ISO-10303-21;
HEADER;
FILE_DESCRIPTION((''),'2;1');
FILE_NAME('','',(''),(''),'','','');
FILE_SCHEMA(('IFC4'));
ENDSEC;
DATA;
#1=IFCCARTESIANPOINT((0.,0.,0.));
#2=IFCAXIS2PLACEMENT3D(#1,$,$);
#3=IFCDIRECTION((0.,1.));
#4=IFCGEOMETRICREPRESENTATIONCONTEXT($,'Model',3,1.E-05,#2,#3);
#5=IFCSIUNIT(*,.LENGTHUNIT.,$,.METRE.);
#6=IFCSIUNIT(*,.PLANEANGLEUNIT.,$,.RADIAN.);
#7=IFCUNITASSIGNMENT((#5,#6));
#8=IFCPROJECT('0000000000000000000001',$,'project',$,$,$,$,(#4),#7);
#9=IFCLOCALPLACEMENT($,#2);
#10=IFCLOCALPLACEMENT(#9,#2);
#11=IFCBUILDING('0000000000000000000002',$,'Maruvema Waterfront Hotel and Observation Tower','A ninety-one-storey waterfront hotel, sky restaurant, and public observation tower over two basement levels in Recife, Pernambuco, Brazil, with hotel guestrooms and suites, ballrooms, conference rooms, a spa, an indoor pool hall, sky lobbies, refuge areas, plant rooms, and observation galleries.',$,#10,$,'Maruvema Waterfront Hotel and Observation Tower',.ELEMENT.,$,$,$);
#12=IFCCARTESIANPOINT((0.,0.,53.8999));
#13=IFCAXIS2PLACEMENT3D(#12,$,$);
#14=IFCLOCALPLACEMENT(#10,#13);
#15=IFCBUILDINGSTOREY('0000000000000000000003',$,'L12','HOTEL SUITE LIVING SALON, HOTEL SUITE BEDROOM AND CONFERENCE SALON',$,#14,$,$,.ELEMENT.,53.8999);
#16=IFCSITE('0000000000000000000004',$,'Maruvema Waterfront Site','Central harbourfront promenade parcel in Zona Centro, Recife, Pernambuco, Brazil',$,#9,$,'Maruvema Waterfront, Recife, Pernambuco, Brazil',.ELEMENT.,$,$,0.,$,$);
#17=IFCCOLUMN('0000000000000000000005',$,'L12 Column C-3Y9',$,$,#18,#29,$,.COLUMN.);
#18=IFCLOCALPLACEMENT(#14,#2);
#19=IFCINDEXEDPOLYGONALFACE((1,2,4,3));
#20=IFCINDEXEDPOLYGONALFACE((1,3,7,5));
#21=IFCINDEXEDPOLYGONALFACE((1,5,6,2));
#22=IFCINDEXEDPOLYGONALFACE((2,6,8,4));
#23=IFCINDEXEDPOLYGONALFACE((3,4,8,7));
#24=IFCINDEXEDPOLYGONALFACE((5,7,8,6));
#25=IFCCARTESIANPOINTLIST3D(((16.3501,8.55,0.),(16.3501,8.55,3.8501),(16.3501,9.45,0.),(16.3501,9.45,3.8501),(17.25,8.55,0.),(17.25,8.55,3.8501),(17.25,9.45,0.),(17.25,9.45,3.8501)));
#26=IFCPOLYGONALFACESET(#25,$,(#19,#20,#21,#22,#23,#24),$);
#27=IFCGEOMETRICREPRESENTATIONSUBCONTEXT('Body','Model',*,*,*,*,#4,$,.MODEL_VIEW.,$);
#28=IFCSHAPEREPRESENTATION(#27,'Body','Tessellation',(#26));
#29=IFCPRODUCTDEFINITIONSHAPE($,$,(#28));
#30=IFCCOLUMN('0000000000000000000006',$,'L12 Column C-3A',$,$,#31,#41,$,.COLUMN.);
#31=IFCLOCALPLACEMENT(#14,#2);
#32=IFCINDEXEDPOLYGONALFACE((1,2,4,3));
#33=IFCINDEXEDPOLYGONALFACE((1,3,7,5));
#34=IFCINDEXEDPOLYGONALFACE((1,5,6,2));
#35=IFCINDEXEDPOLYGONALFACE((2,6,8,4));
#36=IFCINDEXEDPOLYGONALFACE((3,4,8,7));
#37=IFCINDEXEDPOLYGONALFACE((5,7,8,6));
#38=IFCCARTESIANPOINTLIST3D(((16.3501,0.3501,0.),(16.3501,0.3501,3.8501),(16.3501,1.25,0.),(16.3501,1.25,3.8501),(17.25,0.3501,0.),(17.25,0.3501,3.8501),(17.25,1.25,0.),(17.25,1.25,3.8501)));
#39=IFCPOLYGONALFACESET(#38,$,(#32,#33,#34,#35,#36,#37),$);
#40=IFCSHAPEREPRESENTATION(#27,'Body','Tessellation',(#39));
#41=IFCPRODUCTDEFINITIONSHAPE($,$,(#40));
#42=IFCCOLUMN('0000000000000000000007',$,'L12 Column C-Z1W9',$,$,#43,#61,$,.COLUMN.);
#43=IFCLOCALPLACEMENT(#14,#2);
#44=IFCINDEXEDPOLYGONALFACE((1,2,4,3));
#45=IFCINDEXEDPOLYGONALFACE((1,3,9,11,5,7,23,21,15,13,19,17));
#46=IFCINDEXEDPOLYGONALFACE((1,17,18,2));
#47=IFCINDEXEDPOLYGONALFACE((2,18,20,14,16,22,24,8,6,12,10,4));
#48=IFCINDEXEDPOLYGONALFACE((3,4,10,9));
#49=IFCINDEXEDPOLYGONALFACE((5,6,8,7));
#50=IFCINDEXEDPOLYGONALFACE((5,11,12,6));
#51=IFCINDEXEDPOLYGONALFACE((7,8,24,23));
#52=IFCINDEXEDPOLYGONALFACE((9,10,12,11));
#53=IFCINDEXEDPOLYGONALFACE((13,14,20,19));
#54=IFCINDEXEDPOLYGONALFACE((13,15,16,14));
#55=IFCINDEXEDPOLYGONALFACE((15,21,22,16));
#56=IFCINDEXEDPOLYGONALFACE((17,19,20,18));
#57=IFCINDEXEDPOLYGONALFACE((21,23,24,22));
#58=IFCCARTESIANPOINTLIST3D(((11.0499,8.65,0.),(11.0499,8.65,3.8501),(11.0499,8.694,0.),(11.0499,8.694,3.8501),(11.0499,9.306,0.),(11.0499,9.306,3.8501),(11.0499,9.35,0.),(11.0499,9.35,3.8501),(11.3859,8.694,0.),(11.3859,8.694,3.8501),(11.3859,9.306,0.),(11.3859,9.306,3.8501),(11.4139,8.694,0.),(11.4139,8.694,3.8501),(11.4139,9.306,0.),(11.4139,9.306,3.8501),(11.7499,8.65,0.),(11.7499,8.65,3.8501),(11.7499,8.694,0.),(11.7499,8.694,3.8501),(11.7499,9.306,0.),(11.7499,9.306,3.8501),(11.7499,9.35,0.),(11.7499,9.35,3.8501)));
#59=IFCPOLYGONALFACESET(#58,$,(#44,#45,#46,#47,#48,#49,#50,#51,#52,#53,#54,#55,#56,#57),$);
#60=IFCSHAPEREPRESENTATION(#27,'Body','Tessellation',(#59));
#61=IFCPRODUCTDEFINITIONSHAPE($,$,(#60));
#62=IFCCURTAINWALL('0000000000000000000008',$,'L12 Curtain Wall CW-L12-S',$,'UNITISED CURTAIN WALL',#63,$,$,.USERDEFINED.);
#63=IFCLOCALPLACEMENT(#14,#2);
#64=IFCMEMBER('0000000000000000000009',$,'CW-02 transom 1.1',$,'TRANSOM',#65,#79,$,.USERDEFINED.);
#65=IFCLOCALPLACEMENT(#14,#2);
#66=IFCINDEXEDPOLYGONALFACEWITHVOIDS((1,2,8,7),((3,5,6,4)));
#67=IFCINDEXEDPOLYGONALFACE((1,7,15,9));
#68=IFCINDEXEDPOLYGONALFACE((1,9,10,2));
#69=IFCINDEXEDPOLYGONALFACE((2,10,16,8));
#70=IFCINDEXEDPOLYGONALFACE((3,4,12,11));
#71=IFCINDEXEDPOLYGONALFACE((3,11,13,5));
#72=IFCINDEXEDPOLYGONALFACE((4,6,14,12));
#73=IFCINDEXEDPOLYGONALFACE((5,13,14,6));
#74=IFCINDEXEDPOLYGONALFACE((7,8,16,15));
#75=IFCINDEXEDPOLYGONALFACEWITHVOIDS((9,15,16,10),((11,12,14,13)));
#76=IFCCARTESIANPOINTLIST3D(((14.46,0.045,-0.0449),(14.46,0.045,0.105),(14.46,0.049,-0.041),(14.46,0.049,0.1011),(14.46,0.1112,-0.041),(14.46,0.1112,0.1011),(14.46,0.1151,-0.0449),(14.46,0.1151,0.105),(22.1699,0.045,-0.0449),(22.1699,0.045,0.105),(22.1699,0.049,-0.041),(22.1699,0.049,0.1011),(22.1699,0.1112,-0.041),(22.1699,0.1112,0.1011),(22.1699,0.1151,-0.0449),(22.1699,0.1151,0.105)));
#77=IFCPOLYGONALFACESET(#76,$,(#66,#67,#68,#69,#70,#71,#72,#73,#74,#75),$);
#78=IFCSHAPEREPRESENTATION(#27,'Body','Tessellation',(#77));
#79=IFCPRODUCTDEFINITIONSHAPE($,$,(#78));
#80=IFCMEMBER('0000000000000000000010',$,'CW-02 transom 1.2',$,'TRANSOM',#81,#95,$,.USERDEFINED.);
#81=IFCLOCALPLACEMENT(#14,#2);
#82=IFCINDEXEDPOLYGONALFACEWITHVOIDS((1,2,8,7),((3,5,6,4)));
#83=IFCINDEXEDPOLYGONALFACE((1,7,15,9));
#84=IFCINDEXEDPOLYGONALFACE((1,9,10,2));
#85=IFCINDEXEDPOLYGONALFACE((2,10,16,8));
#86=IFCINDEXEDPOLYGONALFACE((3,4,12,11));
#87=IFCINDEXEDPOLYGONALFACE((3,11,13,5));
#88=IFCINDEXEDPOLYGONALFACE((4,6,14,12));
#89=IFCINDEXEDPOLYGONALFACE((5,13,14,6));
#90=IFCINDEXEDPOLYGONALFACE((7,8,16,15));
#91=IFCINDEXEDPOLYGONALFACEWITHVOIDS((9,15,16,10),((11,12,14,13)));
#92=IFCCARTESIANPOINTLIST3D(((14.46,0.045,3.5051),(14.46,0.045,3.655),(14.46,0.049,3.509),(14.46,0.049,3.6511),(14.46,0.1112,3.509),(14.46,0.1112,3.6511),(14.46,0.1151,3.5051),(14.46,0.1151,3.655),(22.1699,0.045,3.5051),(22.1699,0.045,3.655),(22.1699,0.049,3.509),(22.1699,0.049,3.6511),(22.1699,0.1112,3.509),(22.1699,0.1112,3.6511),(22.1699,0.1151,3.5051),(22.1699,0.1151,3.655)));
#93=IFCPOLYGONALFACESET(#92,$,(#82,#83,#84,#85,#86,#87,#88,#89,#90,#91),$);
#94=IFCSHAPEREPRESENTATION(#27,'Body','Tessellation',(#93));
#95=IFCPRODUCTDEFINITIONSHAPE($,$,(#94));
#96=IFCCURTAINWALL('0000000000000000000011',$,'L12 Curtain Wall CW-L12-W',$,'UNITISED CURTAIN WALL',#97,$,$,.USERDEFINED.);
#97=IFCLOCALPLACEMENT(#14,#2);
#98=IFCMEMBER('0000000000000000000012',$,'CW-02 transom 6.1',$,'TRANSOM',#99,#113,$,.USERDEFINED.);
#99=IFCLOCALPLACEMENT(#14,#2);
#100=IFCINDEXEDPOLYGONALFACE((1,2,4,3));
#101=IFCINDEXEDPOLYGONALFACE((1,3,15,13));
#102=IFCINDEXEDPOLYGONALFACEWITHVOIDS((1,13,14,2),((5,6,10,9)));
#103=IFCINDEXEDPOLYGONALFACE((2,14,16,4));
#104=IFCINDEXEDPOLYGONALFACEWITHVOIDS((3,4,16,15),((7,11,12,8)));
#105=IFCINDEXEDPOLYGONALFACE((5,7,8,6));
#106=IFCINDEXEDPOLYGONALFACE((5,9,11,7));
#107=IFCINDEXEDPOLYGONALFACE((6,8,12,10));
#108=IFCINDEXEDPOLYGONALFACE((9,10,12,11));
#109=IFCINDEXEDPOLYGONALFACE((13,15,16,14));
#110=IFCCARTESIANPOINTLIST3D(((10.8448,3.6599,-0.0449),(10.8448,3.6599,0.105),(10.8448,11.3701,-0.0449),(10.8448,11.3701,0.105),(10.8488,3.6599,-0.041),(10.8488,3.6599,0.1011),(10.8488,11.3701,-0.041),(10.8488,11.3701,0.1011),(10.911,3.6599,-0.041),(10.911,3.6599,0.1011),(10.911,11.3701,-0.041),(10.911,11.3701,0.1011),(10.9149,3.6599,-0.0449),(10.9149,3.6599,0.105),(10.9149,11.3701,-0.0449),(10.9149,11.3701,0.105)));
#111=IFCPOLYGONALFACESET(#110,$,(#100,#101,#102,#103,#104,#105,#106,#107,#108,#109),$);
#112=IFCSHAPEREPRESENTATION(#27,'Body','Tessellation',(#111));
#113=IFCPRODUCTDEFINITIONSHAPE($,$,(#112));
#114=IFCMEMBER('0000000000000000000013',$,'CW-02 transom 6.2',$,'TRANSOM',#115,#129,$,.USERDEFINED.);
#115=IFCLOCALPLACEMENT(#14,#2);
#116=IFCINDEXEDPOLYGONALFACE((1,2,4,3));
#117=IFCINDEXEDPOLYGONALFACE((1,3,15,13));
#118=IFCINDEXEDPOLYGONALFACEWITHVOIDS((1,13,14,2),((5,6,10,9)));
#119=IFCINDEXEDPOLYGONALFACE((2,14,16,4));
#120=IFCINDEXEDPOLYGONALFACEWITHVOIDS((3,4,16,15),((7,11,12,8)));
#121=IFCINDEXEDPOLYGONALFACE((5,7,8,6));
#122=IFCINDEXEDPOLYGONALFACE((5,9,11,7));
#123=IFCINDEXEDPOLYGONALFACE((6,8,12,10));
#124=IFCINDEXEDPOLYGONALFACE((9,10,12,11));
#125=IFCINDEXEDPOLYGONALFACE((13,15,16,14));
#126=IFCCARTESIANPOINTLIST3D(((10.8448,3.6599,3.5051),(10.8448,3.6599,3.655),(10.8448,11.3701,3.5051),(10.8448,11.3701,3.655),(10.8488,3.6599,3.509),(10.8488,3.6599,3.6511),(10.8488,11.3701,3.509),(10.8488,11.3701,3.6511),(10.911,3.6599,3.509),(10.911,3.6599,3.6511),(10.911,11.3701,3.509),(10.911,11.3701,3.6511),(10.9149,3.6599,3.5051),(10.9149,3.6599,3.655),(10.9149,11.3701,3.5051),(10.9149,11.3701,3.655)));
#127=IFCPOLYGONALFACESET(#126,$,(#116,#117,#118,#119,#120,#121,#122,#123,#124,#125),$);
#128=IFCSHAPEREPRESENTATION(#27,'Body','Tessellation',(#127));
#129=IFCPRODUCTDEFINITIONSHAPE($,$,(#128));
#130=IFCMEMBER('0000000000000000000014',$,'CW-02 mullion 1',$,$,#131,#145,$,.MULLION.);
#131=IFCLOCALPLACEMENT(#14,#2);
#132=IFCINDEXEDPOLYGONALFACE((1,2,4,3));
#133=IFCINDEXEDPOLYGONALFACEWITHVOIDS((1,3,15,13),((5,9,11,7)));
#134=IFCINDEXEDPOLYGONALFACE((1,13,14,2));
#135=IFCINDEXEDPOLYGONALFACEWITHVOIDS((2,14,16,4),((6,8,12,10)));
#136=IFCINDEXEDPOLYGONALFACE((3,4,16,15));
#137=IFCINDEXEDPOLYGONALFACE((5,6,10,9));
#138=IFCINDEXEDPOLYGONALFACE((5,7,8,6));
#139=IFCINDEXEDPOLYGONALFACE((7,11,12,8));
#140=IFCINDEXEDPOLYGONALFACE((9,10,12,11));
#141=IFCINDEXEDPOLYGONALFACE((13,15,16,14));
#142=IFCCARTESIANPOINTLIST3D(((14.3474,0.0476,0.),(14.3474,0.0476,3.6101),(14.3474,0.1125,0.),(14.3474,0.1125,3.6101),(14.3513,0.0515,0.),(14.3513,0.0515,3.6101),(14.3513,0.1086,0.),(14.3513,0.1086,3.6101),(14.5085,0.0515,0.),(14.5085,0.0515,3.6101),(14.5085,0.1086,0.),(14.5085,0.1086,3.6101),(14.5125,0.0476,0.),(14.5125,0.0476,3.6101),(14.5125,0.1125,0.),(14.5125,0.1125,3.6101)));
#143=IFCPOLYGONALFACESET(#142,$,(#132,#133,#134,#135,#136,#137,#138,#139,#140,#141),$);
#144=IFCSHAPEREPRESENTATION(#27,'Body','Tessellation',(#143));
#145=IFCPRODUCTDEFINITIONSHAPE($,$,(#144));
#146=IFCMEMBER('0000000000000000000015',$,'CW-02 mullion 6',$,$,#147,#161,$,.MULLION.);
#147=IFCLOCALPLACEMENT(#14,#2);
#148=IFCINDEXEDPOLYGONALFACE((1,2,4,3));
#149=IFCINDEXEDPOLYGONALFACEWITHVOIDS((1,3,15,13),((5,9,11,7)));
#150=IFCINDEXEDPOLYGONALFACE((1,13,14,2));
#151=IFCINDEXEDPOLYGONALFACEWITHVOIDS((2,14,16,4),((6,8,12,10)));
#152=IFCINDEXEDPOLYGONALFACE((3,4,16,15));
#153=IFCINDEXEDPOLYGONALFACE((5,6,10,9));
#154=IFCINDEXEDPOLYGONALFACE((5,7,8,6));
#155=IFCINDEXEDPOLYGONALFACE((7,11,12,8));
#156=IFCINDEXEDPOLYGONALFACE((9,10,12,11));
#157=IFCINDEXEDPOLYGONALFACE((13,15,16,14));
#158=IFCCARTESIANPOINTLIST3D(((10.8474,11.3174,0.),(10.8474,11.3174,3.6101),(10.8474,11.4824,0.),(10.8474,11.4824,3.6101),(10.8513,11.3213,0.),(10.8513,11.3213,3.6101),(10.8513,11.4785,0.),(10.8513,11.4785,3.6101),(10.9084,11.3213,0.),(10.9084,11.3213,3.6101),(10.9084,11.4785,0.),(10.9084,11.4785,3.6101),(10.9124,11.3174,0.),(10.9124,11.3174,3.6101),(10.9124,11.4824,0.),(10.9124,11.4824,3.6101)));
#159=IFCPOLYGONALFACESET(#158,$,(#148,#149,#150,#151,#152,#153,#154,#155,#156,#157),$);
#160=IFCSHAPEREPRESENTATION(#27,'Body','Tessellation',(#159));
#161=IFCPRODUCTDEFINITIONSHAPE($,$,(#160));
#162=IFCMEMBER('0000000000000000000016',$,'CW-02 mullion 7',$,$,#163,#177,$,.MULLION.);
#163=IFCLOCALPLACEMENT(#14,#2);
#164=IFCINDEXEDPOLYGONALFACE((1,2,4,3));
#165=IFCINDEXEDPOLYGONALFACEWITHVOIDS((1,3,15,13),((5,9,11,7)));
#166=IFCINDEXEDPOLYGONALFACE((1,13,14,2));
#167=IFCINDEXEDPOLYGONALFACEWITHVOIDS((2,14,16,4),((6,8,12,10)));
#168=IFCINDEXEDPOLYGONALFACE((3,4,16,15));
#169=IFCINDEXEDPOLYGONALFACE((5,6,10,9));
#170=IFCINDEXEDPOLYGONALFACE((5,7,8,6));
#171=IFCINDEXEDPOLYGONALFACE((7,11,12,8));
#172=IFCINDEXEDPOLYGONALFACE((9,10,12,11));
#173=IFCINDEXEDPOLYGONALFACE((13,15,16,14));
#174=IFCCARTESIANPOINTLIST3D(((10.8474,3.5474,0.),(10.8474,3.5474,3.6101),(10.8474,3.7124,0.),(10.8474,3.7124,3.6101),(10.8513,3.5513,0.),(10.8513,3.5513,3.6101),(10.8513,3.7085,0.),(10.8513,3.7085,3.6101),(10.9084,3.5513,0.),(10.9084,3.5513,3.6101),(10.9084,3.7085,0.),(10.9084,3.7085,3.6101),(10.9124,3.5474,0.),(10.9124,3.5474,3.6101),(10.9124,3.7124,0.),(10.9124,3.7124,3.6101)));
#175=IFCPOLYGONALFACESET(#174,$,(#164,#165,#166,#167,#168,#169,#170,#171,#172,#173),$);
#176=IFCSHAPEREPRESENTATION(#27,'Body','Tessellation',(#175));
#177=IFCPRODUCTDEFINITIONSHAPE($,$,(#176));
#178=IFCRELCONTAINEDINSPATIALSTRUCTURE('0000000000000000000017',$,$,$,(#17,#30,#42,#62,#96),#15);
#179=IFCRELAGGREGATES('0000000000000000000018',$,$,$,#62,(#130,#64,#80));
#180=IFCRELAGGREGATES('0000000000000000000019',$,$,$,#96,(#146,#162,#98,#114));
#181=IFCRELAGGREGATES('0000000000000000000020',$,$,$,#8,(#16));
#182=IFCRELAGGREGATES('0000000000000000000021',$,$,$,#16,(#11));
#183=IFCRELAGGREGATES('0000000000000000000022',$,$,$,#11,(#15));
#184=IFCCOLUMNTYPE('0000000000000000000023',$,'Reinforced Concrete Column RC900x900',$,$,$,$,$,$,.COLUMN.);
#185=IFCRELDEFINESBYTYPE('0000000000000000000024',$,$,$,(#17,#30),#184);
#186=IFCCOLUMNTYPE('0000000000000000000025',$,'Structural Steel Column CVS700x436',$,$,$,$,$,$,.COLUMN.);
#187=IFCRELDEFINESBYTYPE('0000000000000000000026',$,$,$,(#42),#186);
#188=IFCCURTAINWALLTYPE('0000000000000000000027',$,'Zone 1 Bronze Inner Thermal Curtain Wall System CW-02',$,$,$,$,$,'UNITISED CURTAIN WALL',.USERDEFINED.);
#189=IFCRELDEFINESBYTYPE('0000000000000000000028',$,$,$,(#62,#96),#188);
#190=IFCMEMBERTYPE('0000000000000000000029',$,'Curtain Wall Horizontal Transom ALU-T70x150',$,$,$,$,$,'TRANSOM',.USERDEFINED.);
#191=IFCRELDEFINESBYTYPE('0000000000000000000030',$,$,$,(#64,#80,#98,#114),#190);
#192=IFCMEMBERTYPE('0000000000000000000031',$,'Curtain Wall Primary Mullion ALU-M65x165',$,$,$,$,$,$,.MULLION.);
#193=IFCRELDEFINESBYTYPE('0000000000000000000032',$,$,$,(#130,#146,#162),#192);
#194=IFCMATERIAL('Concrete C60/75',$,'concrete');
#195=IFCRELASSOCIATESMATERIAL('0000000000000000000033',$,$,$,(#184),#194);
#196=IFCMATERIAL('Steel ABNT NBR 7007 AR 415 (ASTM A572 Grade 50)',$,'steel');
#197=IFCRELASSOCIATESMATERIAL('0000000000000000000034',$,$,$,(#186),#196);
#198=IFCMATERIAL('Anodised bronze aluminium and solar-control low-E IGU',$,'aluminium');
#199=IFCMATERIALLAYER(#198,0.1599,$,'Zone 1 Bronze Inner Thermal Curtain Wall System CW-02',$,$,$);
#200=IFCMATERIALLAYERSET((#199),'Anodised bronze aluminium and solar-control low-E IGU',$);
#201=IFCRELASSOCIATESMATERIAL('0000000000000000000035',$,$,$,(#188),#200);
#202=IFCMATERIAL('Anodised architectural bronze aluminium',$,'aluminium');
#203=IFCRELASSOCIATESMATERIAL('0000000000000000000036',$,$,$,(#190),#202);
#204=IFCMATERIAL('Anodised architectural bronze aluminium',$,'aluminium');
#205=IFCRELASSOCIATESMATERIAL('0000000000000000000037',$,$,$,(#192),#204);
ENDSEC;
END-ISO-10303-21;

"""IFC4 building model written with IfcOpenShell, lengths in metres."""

from ifc_helpers import new_model, si_unit, direction, frame, origin, origin_2d, place, context, subcontext, project, spatial, rectangle, hollow_rectangle, i_section, extrude, material, layer, layer_set, material_profile, profile_set, type_object, element, aggregate, save


model = new_model("IFC4")

# Units and contexts
model_context = context("Model", 3, precision=1e-05, world=origin(), true_north=direction((0.0, 1.0)))
body_context = subcontext(model_context, "Body", "Model", "MODEL_VIEW")
ifc_project = project(units=[si_unit("LENGTHUNIT", "METRE"), si_unit("PLANEANGLEUNIT", "RADIAN")], contexts=[model_context])

# Site, building, storey
site_placement = place(None, origin())
site = spatial("IfcSite", under=ifc_project, at=site_placement, Name="Maruvema Waterfront Site", Description="Central harbourfront promenade parcel in Zona Centro, Recife, Pernambuco, Brazil", LongName="Maruvema Waterfront, Recife, Pernambuco, Brazil", CompositionType="ELEMENT", RefElevation=0.0)
building_placement = place(site_placement, origin())
building = spatial("IfcBuilding", under=site, at=building_placement, Name="Maruvema Waterfront Hotel and Observation Tower", Description="A ninety-one-storey waterfront hotel, sky restaurant, and public observation tower over two basement levels in Recife, Pernambuco, Brazil, with hotel guestrooms and suites, ballrooms, conference rooms, a spa, an indoor pool hall, sky lobbies, refuge areas, plant rooms, and observation galleries.", LongName="Maruvema Waterfront Hotel and Observation Tower", CompositionType="ELEMENT")
storey_placement = place(building_placement, frame((0.0, 0.0, 53.8999)))
storey = spatial("IfcBuildingStorey", under=building, at=storey_placement, Name="L12", Description="HOTEL SUITE LIVING SALON, HOTEL SUITE BEDROOM AND CONFERENCE SALON", CompositionType="ELEMENT", Elevation=53.8999)

# Columns
ifc_material_1 = material(Name="Concrete C60/75", Category="concrete")
ifc_material_profile_1 = material_profile(ifc_material_1, rectangle(XDim=0.8999, YDim=0.8999, at=origin_2d()), Name="RC900x900")
ifc_profile_set_1 = profile_set([ifc_material_profile_1], Name="Concrete C60/75")
column_type_1 = type_object("IfcColumnType", Name="Reinforced Concrete Column RC900x900", PredefinedType="COLUMN", material=ifc_profile_set_1)
for number, where, z_axis, x_axis, name in (
    (1, (16.8, 9.0, 0.0), (0.0, 0.0, 1.0), (1.0, 0.0, 0.0), "L12 Column C-3Y9"),
    (2, (16.8, 0.8, 0.0), (0.0, 0.0, 1.0), (1.0, 0.0, 0.0), "L12 Column C-3A"),
):
    element("IfcColumn", number, at=place(storey_placement, frame(where, z_axis=z_axis, x_axis=x_axis)), inside=storey, type_object=column_type_1, Name=name, PredefinedType="COLUMN", context=body_context, shape_type="SweptSolid", body=[
        extrude(rectangle(XDim=0.8999, YDim=0.8999, at=origin_2d()), origin(), (0.0, 0.0, 1.0), 3.8501),
    ])
ifc_material_2 = material(Name="Steel ABNT NBR 7007 AR 415 (ASTM A572 Grade 50)", Category="steel")
ifc_material_profile_2 = material_profile(ifc_material_2, i_section(OverallWidth=0.7, OverallDepth=0.7, WebThickness=0.0281, FlangeThickness=0.0439, at=origin_2d()), Name="CVS700x436")
ifc_profile_set_2 = profile_set([ifc_material_profile_2], Name="Steel ABNT NBR 7007 AR 415 (ASTM A572 Grade 50)")
column_type_2 = type_object("IfcColumnType", Name="Structural Steel Column CVS700x436", PredefinedType="COLUMN", material=ifc_profile_set_2)
column_placement = place(storey_placement, frame((11.3999, 9.0, 0.0), z_axis=(0.0, 0.0, 1.0), x_axis=(1.0, 0.0, 0.0)))
element("IfcColumn", 3, at=column_placement, inside=storey, type_object=column_type_2, Name="L12 Column C-Z1W9", PredefinedType="COLUMN", context=body_context, shape_type="SweptSolid", body=[
    extrude(i_section(OverallWidth=0.7, OverallDepth=0.7, WebThickness=0.0281, FlangeThickness=0.0439, at=origin_2d()), origin(), (0.0, 0.0, 1.0), 3.8501),
])

# Curtain walls, members
ifc_material_3 = material(Name="Anodised bronze aluminium and solar-control low-E IGU", Category="aluminium")
ifc_layer_1 = layer(ifc_material_3, 0.1599, Name="Zone 1 Bronze Inner Thermal Curtain Wall System CW-02")
ifc_layer_set_1 = layer_set([ifc_layer_1], Name="Anodised bronze aluminium and solar-control low-E IGU")
curtain_wall_type = type_object("IfcCurtainWallType", Name="Zone 1 Bronze Inner Thermal Curtain Wall System CW-02", ElementType="UNITISED CURTAIN WALL", PredefinedType="USERDEFINED", material=ifc_layer_set_1)
curtain_wall_1_placement = place(storey_placement, origin())
curtain_wall_1 = element("IfcCurtainWall", 4, at=curtain_wall_1_placement, inside=storey, type_object=curtain_wall_type, Name="L12 Curtain Wall CW-L12-S", ObjectType="UNITISED CURTAIN WALL", PredefinedType="USERDEFINED")
ifc_material_4 = material(Name="Anodised architectural bronze aluminium", Category="aluminium")
ifc_material_profile_3 = material_profile(ifc_material_4, hollow_rectangle(XDim=0.0701, YDim=0.1499, WallThickness=0.0039, at=origin_2d()), Name="ALU-T70x150")
ifc_profile_set_3 = profile_set([ifc_material_profile_3], Name="Anodised architectural bronze aluminium")
member_type_1 = type_object("IfcMemberType", Name="Curtain Wall Horizontal Transom ALU-T70x150", ElementType="TRANSOM", PredefinedType="USERDEFINED", material=ifc_profile_set_3)
member_1_placement = place(storey_placement, frame((14.46, 0.0801, 0.03), z_axis=(1.0, 0.0, 0.0), x_axis=(0.0, 1.0, 0.0)))
member_1 = element("IfcMember", 5, at=member_1_placement, type_object=member_type_1, Name="CW-02 transom 1.1", ObjectType="TRANSOM", PredefinedType="USERDEFINED", context=body_context, shape_type="SweptSolid", body=[
    extrude(hollow_rectangle(XDim=0.0701, YDim=0.1499, WallThickness=0.0039, at=origin_2d()), origin(), (0.0, 0.0, 1.0), 7.71),
])
member_2_placement = place(storey_placement, frame((14.46, 0.0801, 3.5801), z_axis=(1.0, 0.0, 0.0), x_axis=(0.0, 1.0, 0.0)))
member_2 = element("IfcMember", 6, at=member_2_placement, type_object=member_type_1, Name="CW-02 transom 1.2", ObjectType="TRANSOM", PredefinedType="USERDEFINED", context=body_context, shape_type="SweptSolid", body=[
    extrude(hollow_rectangle(XDim=0.0701, YDim=0.1499, WallThickness=0.0039, at=origin_2d()), origin(), (0.0, 0.0, 1.0), 7.71),
])
curtain_wall_2_placement = place(storey_placement, origin())
curtain_wall_2 = element("IfcCurtainWall", 7, at=curtain_wall_2_placement, inside=storey, type_object=curtain_wall_type, Name="L12 Curtain Wall CW-L12-W", ObjectType="UNITISED CURTAIN WALL", PredefinedType="USERDEFINED")
member_3_placement = place(storey_placement, frame((10.8799, 11.3701, 0.03), z_axis=(0.0, -1.0, 0.0), x_axis=(1.0, 0.0, 0.0)))
member_3 = element("IfcMember", 8, at=member_3_placement, type_object=member_type_1, Name="CW-02 transom 6.1", ObjectType="TRANSOM", PredefinedType="USERDEFINED", context=body_context, shape_type="SweptSolid", body=[
    extrude(hollow_rectangle(XDim=0.0701, YDim=0.1499, WallThickness=0.0039, at=origin_2d()), origin(), (0.0, 0.0, 1.0), 7.7102),
])
member_4_placement = place(storey_placement, frame((10.8799, 11.3701, 3.5801), z_axis=(0.0, -1.0, 0.0), x_axis=(1.0, 0.0, 0.0)))
member_4 = element("IfcMember", 9, at=member_4_placement, type_object=member_type_1, Name="CW-02 transom 6.2", ObjectType="TRANSOM", PredefinedType="USERDEFINED", context=body_context, shape_type="SweptSolid", body=[
    extrude(hollow_rectangle(XDim=0.0701, YDim=0.1499, WallThickness=0.0039, at=origin_2d()), origin(), (0.0, 0.0, 1.0), 7.7102),
])

# Members
ifc_material_5 = material(Name="Anodised architectural bronze aluminium", Category="aluminium")
ifc_material_profile_4 = material_profile(ifc_material_5, hollow_rectangle(XDim=0.0649, YDim=0.165, WallThickness=0.0039, at=origin_2d()), Name="ALU-M65x165")
ifc_profile_set_4 = profile_set([ifc_material_profile_4], Name="Anodised architectural bronze aluminium")
member_type_2 = type_object("IfcMemberType", Name="Curtain Wall Primary Mullion ALU-M65x165", PredefinedType="MULLION", material=ifc_profile_set_4)
member_5_placement = place(storey_placement, frame((14.4299, 0.0801, 0.0), z_axis=(0.0, 0.0, 1.0), x_axis=(0.0, 1.0, 0.0)))
member_5 = element("IfcMember", 10, at=member_5_placement, type_object=member_type_2, Name="CW-02 mullion 1", PredefinedType="MULLION", context=body_context, shape_type="SweptSolid", body=[
    extrude(hollow_rectangle(XDim=0.0649, YDim=0.165, WallThickness=0.0039, at=origin_2d()), origin(), (0.0, 0.0, 1.0), 3.6101),
])
member_6_placement = place(storey_placement, frame((10.8799, 11.3999, 0.0), z_axis=(0.0, 0.0, 1.0), x_axis=(1.0, 0.0, 0.0)))
member_6 = element("IfcMember", 11, at=member_6_placement, type_object=member_type_2, Name="CW-02 mullion 6", PredefinedType="MULLION", context=body_context, shape_type="SweptSolid", body=[
    extrude(hollow_rectangle(XDim=0.0649, YDim=0.165, WallThickness=0.0039, at=origin_2d()), origin(), (0.0, 0.0, 1.0), 3.6101),
])
member_7_placement = place(storey_placement, frame((10.8799, 3.6299, 0.0), z_axis=(0.0, 0.0, 1.0), x_axis=(1.0, 0.0, 0.0)))
member_7 = element("IfcMember", 12, at=member_7_placement, type_object=member_type_2, Name="CW-02 mullion 7", PredefinedType="MULLION", context=body_context, shape_type="SweptSolid", body=[
    extrude(hollow_rectangle(XDim=0.0649, YDim=0.165, WallThickness=0.0039, at=origin_2d()), origin(), (0.0, 0.0, 1.0), 3.6101),
])

aggregate(curtain_wall_1, [member_5, member_1, member_2])
aggregate(curtain_wall_2, [member_6, member_7, member_3, member_4])

save(model, "model.ifc")
